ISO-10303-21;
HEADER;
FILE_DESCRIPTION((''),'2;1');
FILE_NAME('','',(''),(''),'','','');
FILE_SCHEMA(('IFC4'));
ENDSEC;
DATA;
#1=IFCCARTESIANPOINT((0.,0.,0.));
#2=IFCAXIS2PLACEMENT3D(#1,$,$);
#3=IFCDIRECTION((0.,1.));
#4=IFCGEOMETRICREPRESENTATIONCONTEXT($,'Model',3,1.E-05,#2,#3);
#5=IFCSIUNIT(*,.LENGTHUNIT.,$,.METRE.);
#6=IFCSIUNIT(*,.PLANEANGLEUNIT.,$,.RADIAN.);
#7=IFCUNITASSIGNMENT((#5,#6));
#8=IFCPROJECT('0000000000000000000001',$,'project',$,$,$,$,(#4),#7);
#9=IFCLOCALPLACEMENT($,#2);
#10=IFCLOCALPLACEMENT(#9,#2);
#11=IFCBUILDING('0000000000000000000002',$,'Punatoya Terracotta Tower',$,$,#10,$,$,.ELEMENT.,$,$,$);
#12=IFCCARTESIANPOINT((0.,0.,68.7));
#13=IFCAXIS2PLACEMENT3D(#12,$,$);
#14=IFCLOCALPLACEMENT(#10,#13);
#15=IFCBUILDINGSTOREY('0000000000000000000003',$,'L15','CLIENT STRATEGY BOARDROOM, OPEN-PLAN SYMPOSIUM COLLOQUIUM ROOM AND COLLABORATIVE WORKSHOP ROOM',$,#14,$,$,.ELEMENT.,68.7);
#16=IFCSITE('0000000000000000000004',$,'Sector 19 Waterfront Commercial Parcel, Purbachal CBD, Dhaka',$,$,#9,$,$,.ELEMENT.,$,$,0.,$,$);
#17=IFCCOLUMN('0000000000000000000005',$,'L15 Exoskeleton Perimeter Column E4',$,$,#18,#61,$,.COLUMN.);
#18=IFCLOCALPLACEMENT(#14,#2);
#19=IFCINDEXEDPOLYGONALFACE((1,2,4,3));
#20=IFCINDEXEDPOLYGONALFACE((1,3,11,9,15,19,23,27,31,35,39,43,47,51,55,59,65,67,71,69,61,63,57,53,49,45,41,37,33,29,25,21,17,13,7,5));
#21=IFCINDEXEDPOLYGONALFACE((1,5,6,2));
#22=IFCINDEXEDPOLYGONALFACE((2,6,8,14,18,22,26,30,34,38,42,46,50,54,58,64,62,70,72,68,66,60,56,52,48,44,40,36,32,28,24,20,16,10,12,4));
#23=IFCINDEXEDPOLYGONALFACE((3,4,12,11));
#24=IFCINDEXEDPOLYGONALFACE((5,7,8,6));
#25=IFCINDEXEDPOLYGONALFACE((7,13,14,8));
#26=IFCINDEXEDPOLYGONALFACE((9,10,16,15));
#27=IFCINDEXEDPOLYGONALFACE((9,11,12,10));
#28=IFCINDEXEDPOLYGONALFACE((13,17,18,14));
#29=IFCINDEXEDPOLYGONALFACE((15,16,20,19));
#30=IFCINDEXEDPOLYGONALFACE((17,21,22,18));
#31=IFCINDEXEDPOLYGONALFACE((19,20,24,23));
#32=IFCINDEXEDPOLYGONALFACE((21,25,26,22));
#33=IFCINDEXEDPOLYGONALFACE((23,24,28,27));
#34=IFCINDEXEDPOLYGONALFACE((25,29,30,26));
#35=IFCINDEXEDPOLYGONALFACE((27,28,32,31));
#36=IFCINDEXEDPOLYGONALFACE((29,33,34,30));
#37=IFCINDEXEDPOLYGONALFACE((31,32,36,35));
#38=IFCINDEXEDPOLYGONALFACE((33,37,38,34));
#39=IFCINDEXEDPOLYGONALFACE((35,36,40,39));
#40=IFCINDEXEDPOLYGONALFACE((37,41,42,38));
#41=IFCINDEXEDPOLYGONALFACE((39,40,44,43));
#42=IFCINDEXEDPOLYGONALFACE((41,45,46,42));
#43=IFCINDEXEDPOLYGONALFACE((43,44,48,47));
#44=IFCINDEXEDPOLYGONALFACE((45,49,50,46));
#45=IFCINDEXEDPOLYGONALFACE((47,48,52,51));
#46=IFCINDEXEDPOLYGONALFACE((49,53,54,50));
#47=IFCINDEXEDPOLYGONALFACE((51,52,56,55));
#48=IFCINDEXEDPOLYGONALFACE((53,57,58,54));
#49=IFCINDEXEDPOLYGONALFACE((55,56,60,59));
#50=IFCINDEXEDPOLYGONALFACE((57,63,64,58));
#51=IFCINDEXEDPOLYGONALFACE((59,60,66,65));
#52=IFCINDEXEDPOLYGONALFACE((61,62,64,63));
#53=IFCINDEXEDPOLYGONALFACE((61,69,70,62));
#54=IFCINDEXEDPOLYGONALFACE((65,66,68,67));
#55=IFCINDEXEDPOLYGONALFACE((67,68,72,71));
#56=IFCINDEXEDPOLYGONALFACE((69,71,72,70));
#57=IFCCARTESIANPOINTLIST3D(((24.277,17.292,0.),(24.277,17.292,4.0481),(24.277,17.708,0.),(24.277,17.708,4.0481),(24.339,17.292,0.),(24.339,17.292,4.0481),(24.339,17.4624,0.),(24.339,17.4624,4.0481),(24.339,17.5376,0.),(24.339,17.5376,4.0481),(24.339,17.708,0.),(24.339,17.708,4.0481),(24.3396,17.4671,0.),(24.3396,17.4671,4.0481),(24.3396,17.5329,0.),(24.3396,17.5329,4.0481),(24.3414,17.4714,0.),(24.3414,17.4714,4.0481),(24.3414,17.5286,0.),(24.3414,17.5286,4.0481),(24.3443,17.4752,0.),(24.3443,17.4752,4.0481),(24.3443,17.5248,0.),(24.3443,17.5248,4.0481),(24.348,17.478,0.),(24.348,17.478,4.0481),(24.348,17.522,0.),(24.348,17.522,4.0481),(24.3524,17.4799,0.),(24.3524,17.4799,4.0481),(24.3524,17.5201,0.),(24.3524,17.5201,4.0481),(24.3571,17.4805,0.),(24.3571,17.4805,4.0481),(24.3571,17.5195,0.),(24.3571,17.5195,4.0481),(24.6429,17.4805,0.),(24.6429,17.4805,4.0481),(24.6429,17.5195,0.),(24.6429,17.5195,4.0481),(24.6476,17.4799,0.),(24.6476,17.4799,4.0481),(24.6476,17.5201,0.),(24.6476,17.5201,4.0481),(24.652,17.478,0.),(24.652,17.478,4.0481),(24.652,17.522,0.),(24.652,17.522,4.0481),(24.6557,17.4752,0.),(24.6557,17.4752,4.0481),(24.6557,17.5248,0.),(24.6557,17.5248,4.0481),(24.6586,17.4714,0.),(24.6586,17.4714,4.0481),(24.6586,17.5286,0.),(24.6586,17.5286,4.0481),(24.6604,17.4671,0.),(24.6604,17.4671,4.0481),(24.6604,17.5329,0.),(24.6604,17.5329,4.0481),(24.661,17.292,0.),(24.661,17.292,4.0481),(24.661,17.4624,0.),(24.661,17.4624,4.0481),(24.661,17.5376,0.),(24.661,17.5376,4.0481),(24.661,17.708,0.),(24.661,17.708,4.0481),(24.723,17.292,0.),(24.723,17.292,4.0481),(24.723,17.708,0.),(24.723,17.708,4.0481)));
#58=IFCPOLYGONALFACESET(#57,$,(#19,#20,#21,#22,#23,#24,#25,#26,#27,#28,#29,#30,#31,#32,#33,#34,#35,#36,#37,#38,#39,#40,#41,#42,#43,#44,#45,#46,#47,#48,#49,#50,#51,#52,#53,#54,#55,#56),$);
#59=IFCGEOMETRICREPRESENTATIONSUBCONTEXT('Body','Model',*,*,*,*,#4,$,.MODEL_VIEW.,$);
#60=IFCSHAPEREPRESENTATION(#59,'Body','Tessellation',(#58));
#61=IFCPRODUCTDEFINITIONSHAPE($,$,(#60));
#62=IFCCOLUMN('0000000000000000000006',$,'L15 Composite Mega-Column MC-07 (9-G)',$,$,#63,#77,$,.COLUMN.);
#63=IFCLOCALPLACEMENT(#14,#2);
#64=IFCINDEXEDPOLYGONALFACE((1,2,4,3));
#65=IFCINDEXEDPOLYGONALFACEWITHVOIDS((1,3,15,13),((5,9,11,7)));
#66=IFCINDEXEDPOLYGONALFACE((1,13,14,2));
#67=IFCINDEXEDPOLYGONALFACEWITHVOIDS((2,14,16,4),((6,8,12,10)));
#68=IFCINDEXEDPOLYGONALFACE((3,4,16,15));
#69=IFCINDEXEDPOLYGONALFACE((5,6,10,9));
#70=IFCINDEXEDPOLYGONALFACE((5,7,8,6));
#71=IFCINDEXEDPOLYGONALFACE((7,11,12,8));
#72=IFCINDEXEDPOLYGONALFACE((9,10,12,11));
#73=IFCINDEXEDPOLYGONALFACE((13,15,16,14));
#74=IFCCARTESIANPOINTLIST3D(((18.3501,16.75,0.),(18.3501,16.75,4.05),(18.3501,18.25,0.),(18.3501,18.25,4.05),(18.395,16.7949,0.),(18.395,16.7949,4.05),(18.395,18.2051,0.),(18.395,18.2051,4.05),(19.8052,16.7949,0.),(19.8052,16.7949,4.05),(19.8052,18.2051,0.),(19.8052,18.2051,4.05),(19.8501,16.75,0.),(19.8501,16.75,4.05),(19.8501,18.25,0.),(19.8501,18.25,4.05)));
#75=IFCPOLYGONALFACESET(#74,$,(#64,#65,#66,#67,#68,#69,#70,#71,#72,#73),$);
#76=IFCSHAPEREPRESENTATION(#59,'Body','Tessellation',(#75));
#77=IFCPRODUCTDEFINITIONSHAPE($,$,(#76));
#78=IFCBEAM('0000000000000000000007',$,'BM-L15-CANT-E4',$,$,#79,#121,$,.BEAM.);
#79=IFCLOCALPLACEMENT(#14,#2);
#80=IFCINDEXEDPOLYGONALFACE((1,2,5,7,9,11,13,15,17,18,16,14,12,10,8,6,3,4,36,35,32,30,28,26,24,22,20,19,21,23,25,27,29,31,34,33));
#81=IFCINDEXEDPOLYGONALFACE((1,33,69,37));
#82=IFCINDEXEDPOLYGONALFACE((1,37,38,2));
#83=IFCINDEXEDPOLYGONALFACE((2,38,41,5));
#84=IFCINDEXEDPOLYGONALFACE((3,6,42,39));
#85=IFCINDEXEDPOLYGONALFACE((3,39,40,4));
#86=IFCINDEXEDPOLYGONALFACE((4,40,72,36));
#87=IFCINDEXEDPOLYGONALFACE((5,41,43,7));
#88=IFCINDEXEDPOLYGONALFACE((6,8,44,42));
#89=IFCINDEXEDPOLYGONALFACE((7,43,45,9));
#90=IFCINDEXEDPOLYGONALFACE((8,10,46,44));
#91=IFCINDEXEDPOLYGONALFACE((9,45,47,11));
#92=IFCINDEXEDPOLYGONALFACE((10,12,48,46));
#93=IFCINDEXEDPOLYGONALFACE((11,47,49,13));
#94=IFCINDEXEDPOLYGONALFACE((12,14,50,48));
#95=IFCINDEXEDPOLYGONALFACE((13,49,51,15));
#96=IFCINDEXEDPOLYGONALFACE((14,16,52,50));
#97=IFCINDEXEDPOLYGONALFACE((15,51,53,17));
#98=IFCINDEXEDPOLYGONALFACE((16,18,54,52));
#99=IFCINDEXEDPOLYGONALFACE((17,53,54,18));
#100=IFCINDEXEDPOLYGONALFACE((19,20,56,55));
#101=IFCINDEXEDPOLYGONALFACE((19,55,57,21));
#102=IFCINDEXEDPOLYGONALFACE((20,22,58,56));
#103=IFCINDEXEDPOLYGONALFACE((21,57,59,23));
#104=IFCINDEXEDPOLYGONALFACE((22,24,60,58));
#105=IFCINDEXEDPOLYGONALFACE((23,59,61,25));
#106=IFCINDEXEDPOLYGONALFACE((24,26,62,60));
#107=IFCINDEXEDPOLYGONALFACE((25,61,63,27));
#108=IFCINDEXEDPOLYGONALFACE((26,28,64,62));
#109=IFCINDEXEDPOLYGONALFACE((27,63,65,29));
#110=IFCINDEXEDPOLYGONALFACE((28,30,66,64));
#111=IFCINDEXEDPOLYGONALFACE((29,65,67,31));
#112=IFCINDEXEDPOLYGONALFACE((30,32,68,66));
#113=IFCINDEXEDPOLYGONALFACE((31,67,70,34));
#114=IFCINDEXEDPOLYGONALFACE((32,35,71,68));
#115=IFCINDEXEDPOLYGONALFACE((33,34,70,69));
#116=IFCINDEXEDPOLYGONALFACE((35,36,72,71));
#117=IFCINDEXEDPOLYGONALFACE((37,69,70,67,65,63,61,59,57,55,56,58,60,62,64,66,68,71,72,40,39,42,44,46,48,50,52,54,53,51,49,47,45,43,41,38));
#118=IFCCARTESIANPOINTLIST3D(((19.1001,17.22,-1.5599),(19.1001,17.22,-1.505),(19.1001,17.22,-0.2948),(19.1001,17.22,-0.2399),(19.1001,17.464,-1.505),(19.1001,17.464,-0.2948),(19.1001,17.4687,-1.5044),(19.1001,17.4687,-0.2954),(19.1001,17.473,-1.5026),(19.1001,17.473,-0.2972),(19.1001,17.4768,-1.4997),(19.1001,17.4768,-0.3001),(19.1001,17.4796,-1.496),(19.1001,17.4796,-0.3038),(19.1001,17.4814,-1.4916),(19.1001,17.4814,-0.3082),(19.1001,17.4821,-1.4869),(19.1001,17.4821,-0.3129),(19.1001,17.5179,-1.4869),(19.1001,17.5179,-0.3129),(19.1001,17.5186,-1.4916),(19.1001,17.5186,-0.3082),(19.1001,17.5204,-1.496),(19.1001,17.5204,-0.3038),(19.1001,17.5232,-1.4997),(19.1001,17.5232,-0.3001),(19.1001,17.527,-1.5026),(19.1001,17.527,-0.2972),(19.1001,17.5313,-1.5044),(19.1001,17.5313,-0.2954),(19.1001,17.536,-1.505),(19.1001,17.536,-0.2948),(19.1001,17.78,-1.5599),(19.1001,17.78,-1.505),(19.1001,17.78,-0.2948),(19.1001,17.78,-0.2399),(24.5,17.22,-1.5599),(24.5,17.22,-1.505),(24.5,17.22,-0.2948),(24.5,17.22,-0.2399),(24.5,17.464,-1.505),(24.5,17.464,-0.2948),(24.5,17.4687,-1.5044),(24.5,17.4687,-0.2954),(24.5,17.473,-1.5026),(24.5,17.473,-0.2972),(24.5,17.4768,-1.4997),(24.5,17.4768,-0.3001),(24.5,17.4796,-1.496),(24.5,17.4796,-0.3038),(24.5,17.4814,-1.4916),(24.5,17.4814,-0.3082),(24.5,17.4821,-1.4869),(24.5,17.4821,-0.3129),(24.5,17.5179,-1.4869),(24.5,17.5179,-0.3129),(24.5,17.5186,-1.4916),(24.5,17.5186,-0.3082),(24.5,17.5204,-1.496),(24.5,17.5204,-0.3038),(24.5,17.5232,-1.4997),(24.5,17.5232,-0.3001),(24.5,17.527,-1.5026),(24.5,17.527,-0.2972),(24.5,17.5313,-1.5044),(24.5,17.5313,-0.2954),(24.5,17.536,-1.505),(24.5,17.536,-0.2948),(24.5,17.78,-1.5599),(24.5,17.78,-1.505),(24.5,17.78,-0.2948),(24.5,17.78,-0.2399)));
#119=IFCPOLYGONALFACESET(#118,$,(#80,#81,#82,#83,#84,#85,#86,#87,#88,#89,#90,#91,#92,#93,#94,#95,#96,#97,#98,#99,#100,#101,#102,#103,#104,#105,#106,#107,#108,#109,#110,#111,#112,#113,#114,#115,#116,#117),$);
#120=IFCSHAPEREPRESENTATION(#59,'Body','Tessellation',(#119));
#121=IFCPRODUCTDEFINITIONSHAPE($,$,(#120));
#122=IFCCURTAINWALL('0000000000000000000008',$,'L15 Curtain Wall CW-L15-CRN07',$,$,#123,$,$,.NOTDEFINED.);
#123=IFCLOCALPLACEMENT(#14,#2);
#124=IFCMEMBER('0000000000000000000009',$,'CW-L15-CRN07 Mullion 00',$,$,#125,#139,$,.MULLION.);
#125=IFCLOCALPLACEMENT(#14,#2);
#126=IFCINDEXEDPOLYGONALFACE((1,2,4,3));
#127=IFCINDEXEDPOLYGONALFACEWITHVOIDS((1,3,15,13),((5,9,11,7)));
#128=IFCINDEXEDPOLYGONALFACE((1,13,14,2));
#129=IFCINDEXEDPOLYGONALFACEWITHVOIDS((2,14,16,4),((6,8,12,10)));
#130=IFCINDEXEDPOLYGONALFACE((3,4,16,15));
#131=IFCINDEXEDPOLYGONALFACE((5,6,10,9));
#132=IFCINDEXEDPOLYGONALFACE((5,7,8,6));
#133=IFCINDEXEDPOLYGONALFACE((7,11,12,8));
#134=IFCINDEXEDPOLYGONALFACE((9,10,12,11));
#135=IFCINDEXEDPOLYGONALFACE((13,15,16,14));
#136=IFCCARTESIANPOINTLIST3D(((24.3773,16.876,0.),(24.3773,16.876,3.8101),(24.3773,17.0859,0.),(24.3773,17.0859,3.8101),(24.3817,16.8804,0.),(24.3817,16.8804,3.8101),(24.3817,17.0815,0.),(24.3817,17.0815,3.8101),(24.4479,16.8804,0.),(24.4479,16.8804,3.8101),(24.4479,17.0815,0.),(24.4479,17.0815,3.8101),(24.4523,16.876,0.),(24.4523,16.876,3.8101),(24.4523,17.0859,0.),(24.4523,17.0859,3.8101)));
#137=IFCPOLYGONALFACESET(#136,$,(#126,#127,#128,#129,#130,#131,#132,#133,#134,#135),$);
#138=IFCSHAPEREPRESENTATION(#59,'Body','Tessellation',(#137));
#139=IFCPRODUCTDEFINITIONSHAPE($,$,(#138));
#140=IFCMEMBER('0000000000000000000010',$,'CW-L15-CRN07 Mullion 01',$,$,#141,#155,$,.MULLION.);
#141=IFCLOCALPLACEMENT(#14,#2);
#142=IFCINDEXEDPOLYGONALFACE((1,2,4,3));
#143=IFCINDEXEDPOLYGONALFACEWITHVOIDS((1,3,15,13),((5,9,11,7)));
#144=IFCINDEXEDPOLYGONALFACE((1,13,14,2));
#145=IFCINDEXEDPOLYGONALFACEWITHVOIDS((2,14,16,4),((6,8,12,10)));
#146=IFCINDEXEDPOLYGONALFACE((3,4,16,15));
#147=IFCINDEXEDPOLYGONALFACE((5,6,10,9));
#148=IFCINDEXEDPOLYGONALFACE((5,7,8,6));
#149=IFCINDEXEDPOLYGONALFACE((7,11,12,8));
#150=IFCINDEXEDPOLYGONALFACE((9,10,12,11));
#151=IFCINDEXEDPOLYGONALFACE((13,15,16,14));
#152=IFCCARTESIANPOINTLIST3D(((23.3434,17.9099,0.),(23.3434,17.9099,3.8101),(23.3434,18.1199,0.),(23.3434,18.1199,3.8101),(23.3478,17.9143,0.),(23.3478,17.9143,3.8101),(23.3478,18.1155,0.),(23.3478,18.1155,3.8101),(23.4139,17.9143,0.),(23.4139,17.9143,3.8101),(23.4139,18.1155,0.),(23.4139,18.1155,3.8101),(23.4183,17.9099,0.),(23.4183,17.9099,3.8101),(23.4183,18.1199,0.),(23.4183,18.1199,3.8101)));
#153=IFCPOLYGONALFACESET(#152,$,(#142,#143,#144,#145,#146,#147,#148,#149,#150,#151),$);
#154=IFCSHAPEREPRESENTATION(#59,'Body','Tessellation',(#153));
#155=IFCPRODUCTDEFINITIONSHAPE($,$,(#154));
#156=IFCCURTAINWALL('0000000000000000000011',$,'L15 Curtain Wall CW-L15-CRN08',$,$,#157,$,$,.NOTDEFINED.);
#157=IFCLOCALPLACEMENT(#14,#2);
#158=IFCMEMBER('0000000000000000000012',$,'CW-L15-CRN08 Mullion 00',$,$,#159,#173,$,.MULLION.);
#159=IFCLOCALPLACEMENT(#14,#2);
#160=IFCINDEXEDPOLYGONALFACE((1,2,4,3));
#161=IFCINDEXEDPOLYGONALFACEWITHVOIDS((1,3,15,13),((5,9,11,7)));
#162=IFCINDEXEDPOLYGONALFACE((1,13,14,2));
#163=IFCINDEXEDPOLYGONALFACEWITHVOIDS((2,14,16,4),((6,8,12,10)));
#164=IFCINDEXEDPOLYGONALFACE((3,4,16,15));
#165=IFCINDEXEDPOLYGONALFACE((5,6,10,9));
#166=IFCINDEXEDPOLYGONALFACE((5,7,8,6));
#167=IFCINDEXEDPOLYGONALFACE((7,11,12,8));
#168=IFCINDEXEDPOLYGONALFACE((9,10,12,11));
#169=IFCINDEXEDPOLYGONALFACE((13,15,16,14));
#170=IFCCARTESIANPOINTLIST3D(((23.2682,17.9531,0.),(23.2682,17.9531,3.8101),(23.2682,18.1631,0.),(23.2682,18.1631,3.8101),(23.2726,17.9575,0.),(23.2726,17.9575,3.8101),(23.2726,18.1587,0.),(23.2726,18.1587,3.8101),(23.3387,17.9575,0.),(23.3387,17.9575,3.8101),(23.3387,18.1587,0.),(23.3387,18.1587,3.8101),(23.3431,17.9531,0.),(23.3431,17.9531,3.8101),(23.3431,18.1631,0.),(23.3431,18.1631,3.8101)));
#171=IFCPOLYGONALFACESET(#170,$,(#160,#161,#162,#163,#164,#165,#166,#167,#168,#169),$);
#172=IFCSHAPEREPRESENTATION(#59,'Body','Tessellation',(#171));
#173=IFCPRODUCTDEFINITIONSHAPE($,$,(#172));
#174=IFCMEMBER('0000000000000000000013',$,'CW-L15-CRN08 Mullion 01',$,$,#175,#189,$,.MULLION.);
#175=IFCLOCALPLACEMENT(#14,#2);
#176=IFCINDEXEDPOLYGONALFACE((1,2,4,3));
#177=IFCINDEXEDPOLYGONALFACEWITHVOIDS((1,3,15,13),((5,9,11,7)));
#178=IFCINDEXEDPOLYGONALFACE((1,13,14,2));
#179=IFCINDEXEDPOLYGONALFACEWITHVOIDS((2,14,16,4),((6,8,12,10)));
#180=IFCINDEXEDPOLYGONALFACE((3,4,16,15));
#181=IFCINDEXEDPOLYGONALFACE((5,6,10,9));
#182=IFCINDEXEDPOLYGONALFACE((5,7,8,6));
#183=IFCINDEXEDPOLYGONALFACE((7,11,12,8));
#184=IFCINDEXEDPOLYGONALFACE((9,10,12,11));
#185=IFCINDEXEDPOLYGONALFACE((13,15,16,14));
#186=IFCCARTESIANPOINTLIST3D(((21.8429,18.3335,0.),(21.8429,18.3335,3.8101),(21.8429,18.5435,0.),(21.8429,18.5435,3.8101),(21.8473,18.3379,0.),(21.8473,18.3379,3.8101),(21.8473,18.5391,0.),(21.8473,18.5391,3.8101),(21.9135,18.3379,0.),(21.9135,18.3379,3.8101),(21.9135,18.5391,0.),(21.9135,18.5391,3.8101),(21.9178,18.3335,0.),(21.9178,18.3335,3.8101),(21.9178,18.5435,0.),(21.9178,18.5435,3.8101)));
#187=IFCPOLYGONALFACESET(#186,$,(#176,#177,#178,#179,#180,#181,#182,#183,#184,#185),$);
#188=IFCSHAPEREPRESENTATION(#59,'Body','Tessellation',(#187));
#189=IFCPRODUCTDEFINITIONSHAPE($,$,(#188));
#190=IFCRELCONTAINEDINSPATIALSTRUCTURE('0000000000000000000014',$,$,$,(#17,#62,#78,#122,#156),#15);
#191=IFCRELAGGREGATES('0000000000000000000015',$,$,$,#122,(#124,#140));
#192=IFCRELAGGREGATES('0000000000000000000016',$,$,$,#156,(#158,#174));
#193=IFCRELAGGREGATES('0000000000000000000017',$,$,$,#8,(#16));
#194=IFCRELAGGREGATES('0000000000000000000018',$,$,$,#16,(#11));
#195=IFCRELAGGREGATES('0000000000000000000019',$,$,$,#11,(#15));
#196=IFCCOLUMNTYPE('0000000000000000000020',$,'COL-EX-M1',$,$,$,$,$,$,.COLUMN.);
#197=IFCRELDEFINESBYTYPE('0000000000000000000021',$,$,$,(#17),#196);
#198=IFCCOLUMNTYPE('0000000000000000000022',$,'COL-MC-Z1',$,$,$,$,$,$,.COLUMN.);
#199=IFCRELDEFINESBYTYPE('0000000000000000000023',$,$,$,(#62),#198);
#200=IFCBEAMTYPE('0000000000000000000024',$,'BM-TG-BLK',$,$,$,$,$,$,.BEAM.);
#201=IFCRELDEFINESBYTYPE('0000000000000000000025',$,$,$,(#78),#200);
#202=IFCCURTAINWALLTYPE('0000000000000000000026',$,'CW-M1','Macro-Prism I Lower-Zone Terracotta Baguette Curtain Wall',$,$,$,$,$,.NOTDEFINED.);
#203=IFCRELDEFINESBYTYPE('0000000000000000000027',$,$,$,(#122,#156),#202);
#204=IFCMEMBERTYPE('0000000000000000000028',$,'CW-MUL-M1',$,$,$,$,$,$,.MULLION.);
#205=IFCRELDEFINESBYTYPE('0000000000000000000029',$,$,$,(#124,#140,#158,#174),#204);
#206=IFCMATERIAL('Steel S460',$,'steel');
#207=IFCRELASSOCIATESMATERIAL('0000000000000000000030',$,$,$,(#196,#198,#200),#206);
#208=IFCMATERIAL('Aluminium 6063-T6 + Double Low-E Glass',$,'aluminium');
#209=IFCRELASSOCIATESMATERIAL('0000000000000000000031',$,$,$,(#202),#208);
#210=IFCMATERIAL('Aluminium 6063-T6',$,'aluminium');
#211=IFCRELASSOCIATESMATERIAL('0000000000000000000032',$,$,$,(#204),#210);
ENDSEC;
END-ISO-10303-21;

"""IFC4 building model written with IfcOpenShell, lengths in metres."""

from ifc_helpers import new_model, si_unit, direction, frame, origin, origin_2d, place, context, subcontext, project, spatial, hollow_rectangle, i_section, extrude, material, material_profile, profile_set, type_object, element, aggregate, save


model = new_model("IFC4")

# Units and contexts
model_context = context("Model", 3, precision=1e-05, world=origin(), true_north=direction((0.0, 1.0)))
body_context = subcontext(model_context, "Body", "Model", "MODEL_VIEW")
ifc_project = project(units=[si_unit("LENGTHUNIT", "METRE"), si_unit("PLANEANGLEUNIT", "RADIAN")], contexts=[model_context])

# Site, building, storey
site_placement = place(None, origin())
site = spatial("IfcSite", under=ifc_project, at=site_placement, Name="Sector 19 Waterfront Commercial Parcel, Purbachal CBD, Dhaka", CompositionType="ELEMENT", RefElevation=0.0)
building_placement = place(site_placement, origin())
building = spatial("IfcBuilding", under=site, at=building_placement, Name="Punatoya Terracotta Tower", CompositionType="ELEMENT")
storey_placement = place(building_placement, frame((0.0, 0.0, 68.7)))
storey = spatial("IfcBuildingStorey", under=building, at=storey_placement, Name="L15", Description="CLIENT STRATEGY BOARDROOM, OPEN-PLAN SYMPOSIUM COLLOQUIUM ROOM AND COLLABORATIVE WORKSHOP ROOM", CompositionType="ELEMENT", Elevation=68.7)

# Columns
ifc_material_1 = material(Name="Steel S460", Category="steel")
ifc_material_profile_1 = material_profile(ifc_material_1, i_section(OverallWidth=0.416, OverallDepth=0.446, WebThickness=0.0391, FlangeThickness=0.062, FilletRadius=0.0181, at=origin_2d()))
ifc_profile_set_1 = profile_set([ifc_material_profile_1], Name="Steel S460")
column_type_1 = type_object("IfcColumnType", Name="COL-EX-M1", PredefinedType="COLUMN", material=ifc_profile_set_1)
column_1_placement = place(storey_placement, frame((24.5, 17.5, 0.0), z_axis=(0.0, 0.0, 1.0), x_axis=(0.0, 1.0, 0.0)))
element("IfcColumn", 1, at=column_1_placement, inside=storey, type_object=column_type_1, Name="L15 Exoskeleton Perimeter Column E4", PredefinedType="COLUMN", context=body_context, shape_type="SweptSolid", body=[
    extrude(i_section(OverallWidth=0.416, OverallDepth=0.446, WebThickness=0.0391, FlangeThickness=0.062, FilletRadius=0.0181, at=origin_2d()), origin(), (0.0, 0.0, 1.0), 4.0481),
])
ifc_material_profile_2 = material_profile(ifc_material_1, hollow_rectangle(XDim=1.5, YDim=1.5, WallThickness=0.0449, at=origin_2d()))
ifc_profile_set_2 = profile_set([ifc_material_profile_2], Name="Steel S460")
column_type_2 = type_object("IfcColumnType", Name="COL-MC-Z1", PredefinedType="COLUMN", material=ifc_profile_set_2)
column_2_placement = place(storey_placement, frame((19.1001, 17.5, 0.0), z_axis=(0.0, 0.0, 1.0), x_axis=(1.0, 0.0, 0.0)))
element("IfcColumn", 2, at=column_2_placement, inside=storey, type_object=column_type_2, Name="L15 Composite Mega-Column MC-07 (9-G)", PredefinedType="COLUMN", context=body_context, shape_type="SweptSolid", body=[
    extrude(hollow_rectangle(XDim=1.5, YDim=1.5, WallThickness=0.0449, at=origin_2d()), origin(), (0.0, 0.0, 1.0), 4.05),
])

# Beam
ifc_material_profile_3 = material_profile(ifc_material_1, i_section(OverallWidth=0.5601, OverallDepth=1.3201, WebThickness=0.0359, FlangeThickness=0.0549, FilletRadius=0.0181, at=origin_2d()))
ifc_profile_set_3 = profile_set([ifc_material_profile_3], Name="Steel S460")
beam_type = type_object("IfcBeamType", Name="BM-TG-BLK", PredefinedType="BEAM", material=ifc_profile_set_3)
beam_placement = place(storey_placement, frame((19.1001, 17.5, -0.8999), z_axis=(1.0, 0.0, 0.0), x_axis=(0.0, 1.0, 0.0)))
element("IfcBeam", 3, at=beam_placement, inside=storey, type_object=beam_type, Name="BM-L15-CANT-E4", PredefinedType="BEAM", context=body_context, shape_type="SweptSolid", body=[
    extrude(i_section(OverallWidth=0.5601, OverallDepth=1.3201, WebThickness=0.0359, FlangeThickness=0.0549, FilletRadius=0.0181, at=origin_2d()), origin(), (0.0, 0.0, 1.0), 5.3999),
])

# Curtain walls, members
ifc_material_2 = material(Name="Aluminium 6063-T6 + Double Low-E Glass", Category="aluminium")
curtain_wall_type = type_object("IfcCurtainWallType", Name="CW-M1", Description="Macro-Prism I Lower-Zone Terracotta Baguette Curtain Wall", PredefinedType="NOTDEFINED", material=ifc_material_2)
curtain_wall_1_placement = place(storey_placement, origin())
curtain_wall_1 = element("IfcCurtainWall", 4, at=curtain_wall_1_placement, inside=storey, type_object=curtain_wall_type, Name="L15 Curtain Wall CW-L15-CRN07", PredefinedType="NOTDEFINED")
ifc_material_3 = material(Name="Aluminium 6063-T6", Category="aluminium")
ifc_material_profile_4 = material_profile(ifc_material_3, hollow_rectangle(XDim=0.075, YDim=0.21, WallThickness=0.0044, at=origin_2d()))
ifc_profile_set_4 = profile_set([ifc_material_profile_4], Name="Aluminium 6063-T6")
member_type_1 = type_object("IfcMemberType", Name="CW-MUL-M1", PredefinedType="MULLION", material=ifc_profile_set_4)
member_1_placement = place(storey_placement, frame((24.4148, 16.981, 0.0), z_axis=(0.0, 0.0, 1.0), x_axis=(1.0, 0.0, 0.0)))
member_1 = element("IfcMember", 5, at=member_1_placement, type_object=member_type_1, Name="CW-L15-CRN07 Mullion 00", PredefinedType="MULLION", context=body_context, shape_type="SweptSolid", body=[
    extrude(hollow_rectangle(XDim=0.075, YDim=0.21, WallThickness=0.0044, at=origin_2d()), origin(), (0.0, 0.0, 1.0), 3.8101),
])
member_2_placement = place(storey_placement, frame((23.3809, 18.0149, 0.0), z_axis=(0.0, 0.0, 1.0), x_axis=(1.0, 0.0, 0.0)))
member_2 = element("IfcMember", 6, at=member_2_placement, type_object=member_type_1, Name="CW-L15-CRN07 Mullion 01", PredefinedType="MULLION", context=body_context, shape_type="SweptSolid", body=[
    extrude(hollow_rectangle(XDim=0.075, YDim=0.21, WallThickness=0.0044, at=origin_2d()), origin(), (0.0, 0.0, 1.0), 3.8101),
])
curtain_wall_2_placement = place(storey_placement, origin())
curtain_wall_2 = element("IfcCurtainWall", 7, at=curtain_wall_2_placement, inside=storey, type_object=curtain_wall_type, Name="L15 Curtain Wall CW-L15-CRN08", PredefinedType="NOTDEFINED")
member_3_placement = place(storey_placement, frame((23.3057, 18.0581, 0.0), z_axis=(0.0, 0.0, 1.0), x_axis=(1.0, 0.0, 0.0)))
member_3 = element("IfcMember", 8, at=member_3_placement, type_object=member_type_1, Name="CW-L15-CRN08 Mullion 00", PredefinedType="MULLION", context=body_context, shape_type="SweptSolid", body=[
    extrude(hollow_rectangle(XDim=0.075, YDim=0.21, WallThickness=0.0044, at=origin_2d()), origin(), (0.0, 0.0, 1.0), 3.8101),
])
member_4_placement = place(storey_placement, frame((21.8804, 18.4385, 0.0), z_axis=(0.0, 0.0, 1.0), x_axis=(1.0, 0.0, 0.0)))
member_4 = element("IfcMember", 9, at=member_4_placement, type_object=member_type_1, Name="CW-L15-CRN08 Mullion 01", PredefinedType="MULLION", context=body_context, shape_type="SweptSolid", body=[
    extrude(hollow_rectangle(XDim=0.075, YDim=0.21, WallThickness=0.0044, at=origin_2d()), origin(), (0.0, 0.0, 1.0), 3.8101),
])

aggregate(curtain_wall_1, [member_1, member_2])
aggregate(curtain_wall_2, [member_3, member_4])

save(model, "model.ifc")
